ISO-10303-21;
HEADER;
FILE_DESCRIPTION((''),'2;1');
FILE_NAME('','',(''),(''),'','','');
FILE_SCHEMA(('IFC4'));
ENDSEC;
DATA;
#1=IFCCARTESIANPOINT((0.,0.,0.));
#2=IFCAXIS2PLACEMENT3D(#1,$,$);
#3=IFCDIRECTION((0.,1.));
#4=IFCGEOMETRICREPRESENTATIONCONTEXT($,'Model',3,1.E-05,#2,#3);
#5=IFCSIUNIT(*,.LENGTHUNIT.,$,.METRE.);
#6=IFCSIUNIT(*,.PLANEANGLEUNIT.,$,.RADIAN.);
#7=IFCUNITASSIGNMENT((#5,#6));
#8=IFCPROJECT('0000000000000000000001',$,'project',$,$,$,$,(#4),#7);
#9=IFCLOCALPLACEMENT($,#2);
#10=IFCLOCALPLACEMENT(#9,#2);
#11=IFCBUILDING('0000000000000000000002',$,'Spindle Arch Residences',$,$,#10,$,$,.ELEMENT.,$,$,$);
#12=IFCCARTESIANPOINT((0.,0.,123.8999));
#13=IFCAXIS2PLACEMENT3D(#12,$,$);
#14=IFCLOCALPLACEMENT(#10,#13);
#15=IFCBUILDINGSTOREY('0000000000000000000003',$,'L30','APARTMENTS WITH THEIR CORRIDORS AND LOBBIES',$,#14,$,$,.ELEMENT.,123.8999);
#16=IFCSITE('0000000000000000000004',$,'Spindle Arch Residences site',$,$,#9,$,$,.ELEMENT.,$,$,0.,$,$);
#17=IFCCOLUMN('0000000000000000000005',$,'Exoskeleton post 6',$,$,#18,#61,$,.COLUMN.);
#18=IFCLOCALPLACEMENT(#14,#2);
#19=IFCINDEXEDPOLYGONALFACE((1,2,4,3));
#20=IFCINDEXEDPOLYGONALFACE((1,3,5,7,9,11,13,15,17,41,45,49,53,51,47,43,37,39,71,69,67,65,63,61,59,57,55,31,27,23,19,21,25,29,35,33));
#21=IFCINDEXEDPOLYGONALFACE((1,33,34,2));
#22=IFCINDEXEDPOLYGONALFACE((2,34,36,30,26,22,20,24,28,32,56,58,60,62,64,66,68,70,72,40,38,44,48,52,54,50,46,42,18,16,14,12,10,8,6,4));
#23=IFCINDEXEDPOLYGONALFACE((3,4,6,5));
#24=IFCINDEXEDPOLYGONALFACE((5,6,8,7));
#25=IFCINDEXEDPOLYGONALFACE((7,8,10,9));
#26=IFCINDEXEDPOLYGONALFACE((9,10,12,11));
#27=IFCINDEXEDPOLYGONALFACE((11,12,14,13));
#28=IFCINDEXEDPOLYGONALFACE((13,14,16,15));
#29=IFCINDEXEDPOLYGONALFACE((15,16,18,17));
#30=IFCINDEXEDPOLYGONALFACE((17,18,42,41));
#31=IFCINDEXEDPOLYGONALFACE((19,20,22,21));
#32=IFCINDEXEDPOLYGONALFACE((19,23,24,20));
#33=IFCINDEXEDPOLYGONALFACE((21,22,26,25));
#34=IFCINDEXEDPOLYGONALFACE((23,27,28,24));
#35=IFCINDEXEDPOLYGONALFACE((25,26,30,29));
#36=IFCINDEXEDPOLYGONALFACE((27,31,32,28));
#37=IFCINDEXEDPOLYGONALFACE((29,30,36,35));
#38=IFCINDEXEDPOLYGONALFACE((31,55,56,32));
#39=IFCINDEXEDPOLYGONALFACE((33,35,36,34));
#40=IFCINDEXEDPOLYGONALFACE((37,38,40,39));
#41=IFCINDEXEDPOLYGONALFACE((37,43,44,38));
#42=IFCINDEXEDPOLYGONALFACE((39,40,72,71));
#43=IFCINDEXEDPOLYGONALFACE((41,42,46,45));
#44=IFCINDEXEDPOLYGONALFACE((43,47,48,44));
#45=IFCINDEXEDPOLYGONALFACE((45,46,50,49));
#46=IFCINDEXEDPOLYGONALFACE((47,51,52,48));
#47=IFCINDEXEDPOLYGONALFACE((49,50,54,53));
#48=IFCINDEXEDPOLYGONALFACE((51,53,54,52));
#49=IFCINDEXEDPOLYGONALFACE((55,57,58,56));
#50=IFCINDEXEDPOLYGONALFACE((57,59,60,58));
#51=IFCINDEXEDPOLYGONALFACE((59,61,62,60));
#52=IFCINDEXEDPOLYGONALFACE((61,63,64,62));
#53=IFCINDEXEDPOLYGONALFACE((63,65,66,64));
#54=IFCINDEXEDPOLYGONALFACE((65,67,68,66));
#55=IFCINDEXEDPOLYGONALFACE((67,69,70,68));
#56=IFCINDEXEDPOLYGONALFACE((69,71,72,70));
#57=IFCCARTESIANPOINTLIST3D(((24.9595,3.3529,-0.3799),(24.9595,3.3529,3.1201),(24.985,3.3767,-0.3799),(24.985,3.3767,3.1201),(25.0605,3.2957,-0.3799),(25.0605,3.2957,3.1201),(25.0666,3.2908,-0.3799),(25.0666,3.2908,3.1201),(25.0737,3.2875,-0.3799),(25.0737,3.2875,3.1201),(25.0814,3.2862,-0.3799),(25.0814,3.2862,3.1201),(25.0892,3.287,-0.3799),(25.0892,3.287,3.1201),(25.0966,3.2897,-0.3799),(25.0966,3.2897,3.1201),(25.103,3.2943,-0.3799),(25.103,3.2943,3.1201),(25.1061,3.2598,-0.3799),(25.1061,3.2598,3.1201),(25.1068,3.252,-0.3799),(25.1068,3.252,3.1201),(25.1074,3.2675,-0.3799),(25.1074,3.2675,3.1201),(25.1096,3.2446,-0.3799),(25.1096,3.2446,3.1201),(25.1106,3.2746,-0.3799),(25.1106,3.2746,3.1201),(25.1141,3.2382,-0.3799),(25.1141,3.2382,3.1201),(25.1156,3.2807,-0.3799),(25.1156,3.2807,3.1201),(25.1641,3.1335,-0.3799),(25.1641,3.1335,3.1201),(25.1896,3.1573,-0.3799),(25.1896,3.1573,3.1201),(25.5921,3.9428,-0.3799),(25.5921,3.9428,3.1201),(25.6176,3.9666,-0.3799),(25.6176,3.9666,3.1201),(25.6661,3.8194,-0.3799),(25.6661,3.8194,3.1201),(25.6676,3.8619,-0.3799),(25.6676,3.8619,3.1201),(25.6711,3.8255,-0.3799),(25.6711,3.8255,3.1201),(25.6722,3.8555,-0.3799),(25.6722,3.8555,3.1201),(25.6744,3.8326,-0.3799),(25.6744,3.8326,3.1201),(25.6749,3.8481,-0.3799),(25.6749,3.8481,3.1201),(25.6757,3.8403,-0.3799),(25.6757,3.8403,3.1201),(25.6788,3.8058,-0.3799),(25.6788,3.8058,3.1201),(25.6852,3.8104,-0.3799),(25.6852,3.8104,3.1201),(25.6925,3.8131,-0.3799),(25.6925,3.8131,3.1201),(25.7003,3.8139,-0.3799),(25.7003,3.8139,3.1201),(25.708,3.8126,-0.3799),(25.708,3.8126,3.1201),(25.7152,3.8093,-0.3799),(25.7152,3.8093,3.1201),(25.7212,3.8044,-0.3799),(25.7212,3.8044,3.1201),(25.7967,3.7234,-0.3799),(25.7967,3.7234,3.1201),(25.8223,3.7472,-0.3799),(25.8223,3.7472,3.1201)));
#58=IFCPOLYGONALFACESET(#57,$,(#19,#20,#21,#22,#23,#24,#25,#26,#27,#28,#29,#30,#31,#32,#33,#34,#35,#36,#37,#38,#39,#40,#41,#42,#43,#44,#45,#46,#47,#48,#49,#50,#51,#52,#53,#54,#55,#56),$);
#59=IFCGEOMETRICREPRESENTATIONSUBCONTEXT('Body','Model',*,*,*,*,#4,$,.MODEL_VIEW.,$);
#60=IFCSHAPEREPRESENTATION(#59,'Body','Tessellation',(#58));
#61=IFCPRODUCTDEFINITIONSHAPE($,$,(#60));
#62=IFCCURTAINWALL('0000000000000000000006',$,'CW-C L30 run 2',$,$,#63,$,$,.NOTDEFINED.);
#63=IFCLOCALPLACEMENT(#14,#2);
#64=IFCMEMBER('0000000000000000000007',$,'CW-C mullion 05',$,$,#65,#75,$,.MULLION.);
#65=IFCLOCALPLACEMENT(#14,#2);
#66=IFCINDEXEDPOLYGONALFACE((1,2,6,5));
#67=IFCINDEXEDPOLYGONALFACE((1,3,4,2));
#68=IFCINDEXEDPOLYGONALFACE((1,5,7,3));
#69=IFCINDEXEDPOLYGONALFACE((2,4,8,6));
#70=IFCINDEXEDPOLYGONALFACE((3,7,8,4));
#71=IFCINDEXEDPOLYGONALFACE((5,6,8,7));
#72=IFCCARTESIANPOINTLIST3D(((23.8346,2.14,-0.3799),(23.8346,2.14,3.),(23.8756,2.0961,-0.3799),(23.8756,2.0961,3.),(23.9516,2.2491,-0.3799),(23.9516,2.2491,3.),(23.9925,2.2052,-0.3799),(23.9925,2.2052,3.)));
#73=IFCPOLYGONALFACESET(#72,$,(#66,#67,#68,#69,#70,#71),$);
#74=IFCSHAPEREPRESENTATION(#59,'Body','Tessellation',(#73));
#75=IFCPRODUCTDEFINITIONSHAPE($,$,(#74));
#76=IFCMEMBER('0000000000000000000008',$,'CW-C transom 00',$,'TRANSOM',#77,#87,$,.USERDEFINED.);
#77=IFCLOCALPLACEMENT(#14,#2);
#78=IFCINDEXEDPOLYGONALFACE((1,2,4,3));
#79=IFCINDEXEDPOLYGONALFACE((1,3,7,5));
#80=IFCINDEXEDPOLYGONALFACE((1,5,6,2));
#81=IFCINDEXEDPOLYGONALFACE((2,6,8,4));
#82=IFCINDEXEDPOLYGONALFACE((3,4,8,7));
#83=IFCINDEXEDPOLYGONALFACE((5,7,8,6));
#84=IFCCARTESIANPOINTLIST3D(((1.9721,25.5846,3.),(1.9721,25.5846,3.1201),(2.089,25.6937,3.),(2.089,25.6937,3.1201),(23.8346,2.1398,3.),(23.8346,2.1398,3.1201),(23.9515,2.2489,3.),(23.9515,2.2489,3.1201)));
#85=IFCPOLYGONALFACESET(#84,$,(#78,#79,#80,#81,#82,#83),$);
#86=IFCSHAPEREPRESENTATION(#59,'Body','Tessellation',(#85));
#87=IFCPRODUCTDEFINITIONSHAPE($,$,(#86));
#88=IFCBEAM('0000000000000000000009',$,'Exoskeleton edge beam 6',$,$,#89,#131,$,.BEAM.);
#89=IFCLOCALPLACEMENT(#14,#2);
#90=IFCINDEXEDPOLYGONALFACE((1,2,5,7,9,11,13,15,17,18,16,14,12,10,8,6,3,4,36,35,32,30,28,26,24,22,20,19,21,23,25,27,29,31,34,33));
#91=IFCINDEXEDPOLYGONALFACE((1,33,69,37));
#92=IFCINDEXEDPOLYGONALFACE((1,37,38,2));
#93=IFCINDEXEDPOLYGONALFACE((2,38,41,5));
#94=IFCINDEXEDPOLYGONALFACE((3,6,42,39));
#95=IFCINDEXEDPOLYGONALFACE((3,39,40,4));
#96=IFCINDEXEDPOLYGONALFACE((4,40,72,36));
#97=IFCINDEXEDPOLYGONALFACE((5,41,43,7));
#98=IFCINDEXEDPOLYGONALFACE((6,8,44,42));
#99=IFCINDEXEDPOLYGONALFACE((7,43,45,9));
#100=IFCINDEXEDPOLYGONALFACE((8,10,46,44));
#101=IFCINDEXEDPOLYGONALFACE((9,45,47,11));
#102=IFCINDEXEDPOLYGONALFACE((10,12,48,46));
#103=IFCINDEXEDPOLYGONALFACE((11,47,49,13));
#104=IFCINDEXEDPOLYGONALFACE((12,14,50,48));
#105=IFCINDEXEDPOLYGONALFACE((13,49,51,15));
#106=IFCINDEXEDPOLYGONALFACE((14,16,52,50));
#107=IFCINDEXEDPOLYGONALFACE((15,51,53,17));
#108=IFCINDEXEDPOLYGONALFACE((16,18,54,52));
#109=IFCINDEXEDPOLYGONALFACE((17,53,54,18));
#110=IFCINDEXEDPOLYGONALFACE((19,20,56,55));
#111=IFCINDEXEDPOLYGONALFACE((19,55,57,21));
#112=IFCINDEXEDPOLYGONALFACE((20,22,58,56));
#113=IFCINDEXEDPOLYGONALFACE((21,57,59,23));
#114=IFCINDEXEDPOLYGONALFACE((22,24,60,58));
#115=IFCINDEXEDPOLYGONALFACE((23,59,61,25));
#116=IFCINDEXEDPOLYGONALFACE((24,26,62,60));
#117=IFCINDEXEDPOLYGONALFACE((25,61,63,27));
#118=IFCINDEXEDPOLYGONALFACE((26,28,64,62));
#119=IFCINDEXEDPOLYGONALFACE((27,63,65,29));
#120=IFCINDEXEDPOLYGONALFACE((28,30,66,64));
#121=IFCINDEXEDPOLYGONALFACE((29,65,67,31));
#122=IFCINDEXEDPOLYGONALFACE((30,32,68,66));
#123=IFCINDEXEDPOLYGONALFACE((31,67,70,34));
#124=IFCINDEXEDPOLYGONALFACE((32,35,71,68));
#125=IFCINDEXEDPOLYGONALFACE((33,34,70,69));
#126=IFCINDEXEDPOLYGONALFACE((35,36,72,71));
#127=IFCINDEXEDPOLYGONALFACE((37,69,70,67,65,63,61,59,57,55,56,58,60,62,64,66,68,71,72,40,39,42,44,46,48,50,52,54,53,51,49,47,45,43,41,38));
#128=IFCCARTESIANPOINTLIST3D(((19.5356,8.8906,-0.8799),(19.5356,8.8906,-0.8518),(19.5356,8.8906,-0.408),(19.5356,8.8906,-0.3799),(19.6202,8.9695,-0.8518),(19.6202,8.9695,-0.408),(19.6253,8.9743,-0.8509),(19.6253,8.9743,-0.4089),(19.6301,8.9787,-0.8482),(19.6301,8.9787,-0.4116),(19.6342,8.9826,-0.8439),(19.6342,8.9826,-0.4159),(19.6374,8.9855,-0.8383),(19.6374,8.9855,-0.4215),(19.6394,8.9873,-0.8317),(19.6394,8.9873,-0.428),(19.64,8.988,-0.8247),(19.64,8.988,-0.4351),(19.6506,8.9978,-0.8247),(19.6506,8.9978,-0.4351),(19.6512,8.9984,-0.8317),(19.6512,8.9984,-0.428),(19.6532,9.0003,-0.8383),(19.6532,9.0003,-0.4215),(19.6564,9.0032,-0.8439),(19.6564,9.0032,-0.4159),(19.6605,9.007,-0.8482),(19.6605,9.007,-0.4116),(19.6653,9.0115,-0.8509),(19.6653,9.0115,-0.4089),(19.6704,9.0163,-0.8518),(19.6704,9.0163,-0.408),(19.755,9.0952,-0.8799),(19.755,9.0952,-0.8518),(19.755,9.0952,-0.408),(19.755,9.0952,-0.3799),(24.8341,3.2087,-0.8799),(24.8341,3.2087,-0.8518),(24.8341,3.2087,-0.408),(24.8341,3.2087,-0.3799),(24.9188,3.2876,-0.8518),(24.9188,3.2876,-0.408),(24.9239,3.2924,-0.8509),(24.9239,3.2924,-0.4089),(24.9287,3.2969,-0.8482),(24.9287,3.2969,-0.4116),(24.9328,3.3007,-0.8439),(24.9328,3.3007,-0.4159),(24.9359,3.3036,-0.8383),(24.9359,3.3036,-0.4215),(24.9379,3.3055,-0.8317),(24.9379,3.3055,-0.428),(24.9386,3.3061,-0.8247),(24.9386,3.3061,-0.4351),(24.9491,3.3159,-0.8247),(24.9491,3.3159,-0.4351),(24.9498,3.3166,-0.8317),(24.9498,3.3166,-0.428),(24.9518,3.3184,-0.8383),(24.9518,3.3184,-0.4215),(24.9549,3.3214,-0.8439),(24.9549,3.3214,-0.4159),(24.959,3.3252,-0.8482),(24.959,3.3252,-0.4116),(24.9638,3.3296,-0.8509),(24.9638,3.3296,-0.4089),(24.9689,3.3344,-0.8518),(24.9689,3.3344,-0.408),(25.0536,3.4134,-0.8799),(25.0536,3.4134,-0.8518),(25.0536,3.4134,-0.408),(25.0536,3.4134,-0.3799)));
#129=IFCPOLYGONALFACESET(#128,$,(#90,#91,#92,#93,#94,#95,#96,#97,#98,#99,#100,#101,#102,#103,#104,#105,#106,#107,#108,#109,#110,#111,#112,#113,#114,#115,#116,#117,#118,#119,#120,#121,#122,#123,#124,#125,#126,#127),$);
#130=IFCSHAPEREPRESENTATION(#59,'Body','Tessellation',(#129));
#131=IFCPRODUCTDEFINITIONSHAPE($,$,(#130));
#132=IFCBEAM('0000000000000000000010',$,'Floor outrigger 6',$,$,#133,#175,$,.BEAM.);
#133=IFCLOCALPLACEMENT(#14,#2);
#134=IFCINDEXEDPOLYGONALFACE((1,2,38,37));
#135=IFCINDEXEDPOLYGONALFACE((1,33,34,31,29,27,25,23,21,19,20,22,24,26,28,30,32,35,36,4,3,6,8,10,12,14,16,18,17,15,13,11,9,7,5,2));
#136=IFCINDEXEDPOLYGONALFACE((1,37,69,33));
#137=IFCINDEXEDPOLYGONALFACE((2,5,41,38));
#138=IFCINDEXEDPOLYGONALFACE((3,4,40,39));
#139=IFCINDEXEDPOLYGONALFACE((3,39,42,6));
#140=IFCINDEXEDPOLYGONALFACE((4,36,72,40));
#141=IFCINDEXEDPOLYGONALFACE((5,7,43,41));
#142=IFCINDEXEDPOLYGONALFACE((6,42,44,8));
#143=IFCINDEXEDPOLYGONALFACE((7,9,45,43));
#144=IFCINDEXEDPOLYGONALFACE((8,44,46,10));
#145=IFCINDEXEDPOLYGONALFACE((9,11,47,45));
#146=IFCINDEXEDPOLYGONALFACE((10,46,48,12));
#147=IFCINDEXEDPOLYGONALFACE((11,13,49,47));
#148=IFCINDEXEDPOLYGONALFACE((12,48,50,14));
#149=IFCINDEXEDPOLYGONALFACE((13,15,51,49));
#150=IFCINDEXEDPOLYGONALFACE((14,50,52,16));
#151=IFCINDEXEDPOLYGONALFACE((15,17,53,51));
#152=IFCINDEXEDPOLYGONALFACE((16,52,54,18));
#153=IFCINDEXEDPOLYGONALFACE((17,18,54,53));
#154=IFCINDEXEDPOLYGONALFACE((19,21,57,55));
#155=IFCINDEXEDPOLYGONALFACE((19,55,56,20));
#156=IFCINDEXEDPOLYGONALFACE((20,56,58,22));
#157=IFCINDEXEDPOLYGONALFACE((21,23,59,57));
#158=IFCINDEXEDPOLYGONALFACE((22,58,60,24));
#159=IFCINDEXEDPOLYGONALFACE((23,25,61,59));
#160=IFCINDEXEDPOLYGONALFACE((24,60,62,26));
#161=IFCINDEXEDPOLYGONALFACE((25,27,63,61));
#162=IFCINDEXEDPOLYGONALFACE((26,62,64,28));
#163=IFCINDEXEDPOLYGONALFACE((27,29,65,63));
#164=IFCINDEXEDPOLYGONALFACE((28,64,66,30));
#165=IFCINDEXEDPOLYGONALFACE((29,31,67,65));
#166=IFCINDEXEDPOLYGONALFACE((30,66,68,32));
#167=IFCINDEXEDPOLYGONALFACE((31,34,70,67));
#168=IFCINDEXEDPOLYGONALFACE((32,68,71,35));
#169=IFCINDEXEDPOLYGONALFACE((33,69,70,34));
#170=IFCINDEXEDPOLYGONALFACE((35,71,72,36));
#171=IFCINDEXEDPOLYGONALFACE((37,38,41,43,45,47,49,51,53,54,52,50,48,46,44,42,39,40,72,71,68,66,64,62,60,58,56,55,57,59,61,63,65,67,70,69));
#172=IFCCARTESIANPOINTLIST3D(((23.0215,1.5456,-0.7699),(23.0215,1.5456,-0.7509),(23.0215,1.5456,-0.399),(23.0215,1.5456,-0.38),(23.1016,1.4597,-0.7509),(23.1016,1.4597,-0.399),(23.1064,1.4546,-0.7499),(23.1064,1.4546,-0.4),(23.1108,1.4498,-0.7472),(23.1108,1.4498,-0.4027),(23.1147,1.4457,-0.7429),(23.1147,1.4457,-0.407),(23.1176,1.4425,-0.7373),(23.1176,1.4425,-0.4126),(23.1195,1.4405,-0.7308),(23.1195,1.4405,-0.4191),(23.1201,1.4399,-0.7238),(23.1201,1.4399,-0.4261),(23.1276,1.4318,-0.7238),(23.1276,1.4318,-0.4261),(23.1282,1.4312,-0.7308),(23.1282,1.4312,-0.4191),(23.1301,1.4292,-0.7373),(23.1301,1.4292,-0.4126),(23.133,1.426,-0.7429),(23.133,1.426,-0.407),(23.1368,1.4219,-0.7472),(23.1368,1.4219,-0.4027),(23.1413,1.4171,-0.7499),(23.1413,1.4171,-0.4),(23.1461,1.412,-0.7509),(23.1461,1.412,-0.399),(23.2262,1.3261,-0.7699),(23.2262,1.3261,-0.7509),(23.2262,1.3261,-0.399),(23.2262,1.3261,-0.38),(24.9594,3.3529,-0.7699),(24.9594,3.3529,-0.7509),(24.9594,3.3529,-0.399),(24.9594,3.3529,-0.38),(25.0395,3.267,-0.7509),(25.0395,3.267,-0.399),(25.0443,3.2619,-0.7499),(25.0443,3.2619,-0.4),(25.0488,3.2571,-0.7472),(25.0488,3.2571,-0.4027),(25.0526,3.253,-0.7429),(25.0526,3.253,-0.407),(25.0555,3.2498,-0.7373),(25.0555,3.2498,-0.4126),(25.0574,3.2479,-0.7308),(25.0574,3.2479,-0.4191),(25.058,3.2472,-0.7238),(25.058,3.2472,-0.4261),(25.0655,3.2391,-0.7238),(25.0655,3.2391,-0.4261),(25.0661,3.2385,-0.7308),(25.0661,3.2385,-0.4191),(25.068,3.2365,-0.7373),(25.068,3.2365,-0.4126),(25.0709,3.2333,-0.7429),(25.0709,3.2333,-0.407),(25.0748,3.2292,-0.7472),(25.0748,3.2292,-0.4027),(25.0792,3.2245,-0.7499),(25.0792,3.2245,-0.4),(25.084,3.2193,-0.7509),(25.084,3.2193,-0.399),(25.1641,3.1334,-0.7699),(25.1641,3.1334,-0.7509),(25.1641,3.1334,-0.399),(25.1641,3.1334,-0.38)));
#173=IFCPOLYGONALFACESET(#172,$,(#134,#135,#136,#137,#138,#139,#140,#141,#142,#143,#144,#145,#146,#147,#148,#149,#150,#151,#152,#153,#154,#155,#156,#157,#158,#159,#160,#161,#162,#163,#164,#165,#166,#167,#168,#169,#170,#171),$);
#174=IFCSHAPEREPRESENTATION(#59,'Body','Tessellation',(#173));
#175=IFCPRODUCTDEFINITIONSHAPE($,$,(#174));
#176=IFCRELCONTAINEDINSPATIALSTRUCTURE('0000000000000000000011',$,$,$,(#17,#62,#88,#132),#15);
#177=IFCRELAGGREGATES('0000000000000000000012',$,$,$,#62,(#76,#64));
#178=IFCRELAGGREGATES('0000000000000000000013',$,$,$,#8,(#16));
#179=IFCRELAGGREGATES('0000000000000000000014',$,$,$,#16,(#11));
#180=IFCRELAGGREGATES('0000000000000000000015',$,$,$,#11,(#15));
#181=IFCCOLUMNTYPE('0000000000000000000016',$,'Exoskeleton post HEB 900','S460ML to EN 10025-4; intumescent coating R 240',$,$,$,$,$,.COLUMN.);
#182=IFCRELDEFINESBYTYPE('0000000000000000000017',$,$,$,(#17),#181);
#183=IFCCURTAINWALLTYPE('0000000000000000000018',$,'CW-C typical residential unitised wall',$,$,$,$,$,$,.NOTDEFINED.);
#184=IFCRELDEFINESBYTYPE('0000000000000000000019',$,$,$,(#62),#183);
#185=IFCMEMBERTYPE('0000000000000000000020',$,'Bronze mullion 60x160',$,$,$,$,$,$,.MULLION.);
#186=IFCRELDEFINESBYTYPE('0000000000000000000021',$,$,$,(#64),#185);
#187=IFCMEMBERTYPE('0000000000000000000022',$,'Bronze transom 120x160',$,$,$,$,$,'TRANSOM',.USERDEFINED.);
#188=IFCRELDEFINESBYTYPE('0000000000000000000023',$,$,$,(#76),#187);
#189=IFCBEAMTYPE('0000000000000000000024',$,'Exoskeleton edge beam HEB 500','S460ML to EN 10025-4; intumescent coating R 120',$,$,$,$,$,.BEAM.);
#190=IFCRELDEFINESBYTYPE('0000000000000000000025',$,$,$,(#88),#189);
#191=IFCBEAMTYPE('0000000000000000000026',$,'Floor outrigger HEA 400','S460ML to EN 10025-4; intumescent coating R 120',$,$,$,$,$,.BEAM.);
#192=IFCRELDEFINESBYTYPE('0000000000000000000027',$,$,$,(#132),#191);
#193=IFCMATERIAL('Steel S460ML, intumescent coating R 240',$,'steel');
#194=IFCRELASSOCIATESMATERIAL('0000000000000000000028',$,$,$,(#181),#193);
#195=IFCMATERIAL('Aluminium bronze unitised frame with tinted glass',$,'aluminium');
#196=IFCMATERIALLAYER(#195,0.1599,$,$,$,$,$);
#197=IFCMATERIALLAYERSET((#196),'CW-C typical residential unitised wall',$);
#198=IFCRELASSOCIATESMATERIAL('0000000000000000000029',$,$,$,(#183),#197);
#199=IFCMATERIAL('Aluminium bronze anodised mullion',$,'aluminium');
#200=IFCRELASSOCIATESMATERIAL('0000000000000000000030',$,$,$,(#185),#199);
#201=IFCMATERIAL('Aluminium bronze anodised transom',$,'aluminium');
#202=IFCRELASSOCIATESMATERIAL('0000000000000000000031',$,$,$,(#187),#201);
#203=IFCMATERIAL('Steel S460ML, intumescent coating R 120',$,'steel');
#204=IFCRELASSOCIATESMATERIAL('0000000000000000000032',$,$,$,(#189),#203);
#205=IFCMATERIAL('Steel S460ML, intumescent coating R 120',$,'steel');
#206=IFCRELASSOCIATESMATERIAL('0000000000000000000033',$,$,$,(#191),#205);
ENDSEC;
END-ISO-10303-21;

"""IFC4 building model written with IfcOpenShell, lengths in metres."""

from ifc_helpers import new_model, si_unit, direction, frame, origin, origin_2d, place, context, subcontext, project, spatial, rectangle, i_section, extrude, material, layer, layer_set, material_profile, profile_set, type_object, element, aggregate, save


model = new_model("IFC4")

# Units and contexts
model_context = context("Model", 3, precision=1e-05, world=origin(), true_north=direction((0.0, 1.0)))
body_context = subcontext(model_context, "Body", "Model", "MODEL_VIEW")
ifc_project = project(units=[si_unit("LENGTHUNIT", "METRE"), si_unit("PLANEANGLEUNIT", "RADIAN")], contexts=[model_context])

# Site, building, storey
site_placement = place(None, origin())
site = spatial("IfcSite", under=ifc_project, at=site_placement, Name="Spindle Arch Residences site", CompositionType="ELEMENT", RefElevation=0.0)
building_placement = place(site_placement, origin())
building = spatial("IfcBuilding", under=site, at=building_placement, Name="Spindle Arch Residences", CompositionType="ELEMENT")
storey_placement = place(building_placement, frame((0.0, 0.0, 123.8999)))
storey = spatial("IfcBuildingStorey", under=building, at=storey_placement, Name="L30", Description="APARTMENTS WITH THEIR CORRIDORS AND LOBBIES", CompositionType="ELEMENT", Elevation=123.8999)

# Column
ifc_material_1 = material(Name="Steel S460ML, intumescent coating R 240", Category="steel")
ifc_material_profile_1 = material_profile(ifc_material_1, i_section(OverallWidth=0.3, OverallDepth=0.8999, WebThickness=0.0186, FlangeThickness=0.0349, FilletRadius=0.03, at=origin_2d()), Name="HEB 900")
ifc_profile_set_1 = profile_set([ifc_material_profile_1], Name="Steel S460ML, intumescent coating R 240")
column_type = type_object("IfcColumnType", Name="Exoskeleton post HEB 900", Description="S460ML to EN 10025-4; intumescent coating R 240", PredefinedType="COLUMN", material=ifc_profile_set_1)
column_placement = place(storey_placement, frame((25.3909, 3.55, -0.3799), z_axis=(0.0, 0.0, 1.0), x_axis=(0.681998, -0.731354, 0.0)))
element("IfcColumn", 1, at=column_placement, inside=storey, type_object=column_type, Name="Exoskeleton post 6", PredefinedType="COLUMN", context=body_context, shape_type="SweptSolid", body=[
    extrude(i_section(OverallWidth=0.3, OverallDepth=0.8999, WebThickness=0.0186, FlangeThickness=0.0349, FilletRadius=0.03, at=origin_2d()), origin(), (0.0, 0.0, 1.0), 3.5),
])

# Curtain wall, members
ifc_material_2 = material(Name="Aluminium bronze unitised frame with tinted glass", Category="aluminium")
ifc_layer_1 = layer(ifc_material_2, 0.1599)
ifc_layer_set_1 = layer_set([ifc_layer_1], Name="CW-C typical residential unitised wall")
curtain_wall_type_1 = type_object("IfcCurtainWallType", Name="CW-C typical residential unitised wall", PredefinedType="NOTDEFINED", material=ifc_layer_set_1)
curtain_wall_1_placement = place(storey_placement, origin())
curtain_wall_1 = element("IfcCurtainWall", 2, at=curtain_wall_1_placement, inside=storey, type_object=curtain_wall_type_1, Name="CW-C L30 run 2", PredefinedType="NOTDEFINED")
ifc_material_3 = material(Name="Aluminium bronze anodised mullion", Category="aluminium")
ifc_material_profile_2 = material_profile(ifc_material_3, rectangle(XDim=0.1599, YDim=0.0601, at=origin_2d()), Name="MU 60x160")
ifc_profile_set_2 = profile_set([ifc_material_profile_2], Name="Aluminium bronze anodised mullion")
member_type_1 = type_object("IfcMemberType", Name="Bronze mullion 60x160", PredefinedType="MULLION", material=ifc_profile_set_2)
member_1_placement = place(storey_placement, frame((23.9136, 2.1726, -0.3799), z_axis=(0.0, 0.0, 1.0), x_axis=(-0.731354, -0.681998, 0.0)))
member_1 = element("IfcMember", 3, at=member_1_placement, type_object=member_type_1, Name="CW-C mullion 05", PredefinedType="MULLION", context=body_context, shape_type="SweptSolid", body=[
    extrude(rectangle(XDim=0.1599, YDim=0.0601, at=origin_2d()), origin(), (0.0, 0.0, 1.0), 3.3799),
])
ifc_material_4 = material(Name="Aluminium bronze anodised transom", Category="aluminium")
ifc_material_profile_3 = material_profile(ifc_material_4, rectangle(XDim=0.1599, YDim=0.1201, at=origin_2d()), Name="TR 120x160")
ifc_profile_set_3 = profile_set([ifc_material_profile_3], Name="Aluminium bronze anodised transom")
member_type_2 = type_object("IfcMemberType", Name="Bronze transom 120x160", ElementType="TRANSOM", PredefinedType="USERDEFINED", material=ifc_profile_set_3)
member_2_placement = place(storey_placement, frame((23.8931, 2.1943, 3.0601), z_axis=(-0.681997, 0.731355, 0.0), x_axis=(-0.731355, -0.681997, 0.0)))
member_2 = element("IfcMember", 4, at=member_2_placement, type_object=member_type_2, Name="CW-C transom 00", ObjectType="TRANSOM", PredefinedType="USERDEFINED", context=body_context, shape_type="SweptSolid", body=[
    extrude(rectangle(XDim=0.1599, YDim=0.1201, at=origin_2d()), origin(), (0.0, 0.0, 1.0), 32.0566),
])

# Beams
ifc_material_5 = material(Name="Steel S460ML, intumescent coating R 120", Category="steel")
ifc_material_profile_4 = material_profile(ifc_material_5, i_section(OverallWidth=0.3, OverallDepth=0.5, WebThickness=0.0144, FlangeThickness=0.0281, FilletRadius=0.0271, at=origin_2d()), Name="HEB 500")
ifc_profile_set_4 = profile_set([ifc_material_profile_4], Name="Steel S460ML, intumescent coating R 120")
beam_type_1 = type_object("IfcBeamType", Name="Exoskeleton edge beam HEB 500", Description="S460ML to EN 10025-4; intumescent coating R 120", PredefinedType="BEAM", material=ifc_profile_set_4)
beam_1_placement = place(storey_placement, frame((24.9438, 3.311, -0.6299), z_axis=(-0.682008, 0.731345, 0.0), x_axis=(-0.731345, -0.682008, 0.0)))
element("IfcBeam", 5, at=beam_1_placement, inside=storey, type_object=beam_type_1, Name="Exoskeleton edge beam 6", PredefinedType="BEAM", context=body_context, shape_type="SweptSolid", body=[
    extrude(i_section(OverallWidth=0.3, OverallDepth=0.5, WebThickness=0.0144, FlangeThickness=0.0281, FilletRadius=0.0271, at=origin_2d()), origin(), (0.0, 0.0, 1.0), 7.769),
])
ifc_material_6 = material(Name="Steel S460ML, intumescent coating R 120", Category="steel")
ifc_material_profile_5 = material_profile(ifc_material_6, i_section(OverallWidth=0.3, OverallDepth=0.3899, WebThickness=0.011, FlangeThickness=0.019, FilletRadius=0.0271, at=origin_2d()), Name="HEA 400")
ifc_profile_set_5 = profile_set([ifc_material_profile_5], Name="Steel S460ML, intumescent coating R 120")
beam_type_2 = type_object("IfcBeamType", Name="Floor outrigger HEA 400", Description="S460ML to EN 10025-4; intumescent coating R 120", PredefinedType="BEAM", material=ifc_profile_set_5)
beam_2_placement = place(storey_placement, frame((25.0618, 3.2432, -0.575), z_axis=(-0.731322, -0.682033, 0.0), x_axis=(0.682033, -0.731322, 0.0)))
element("IfcBeam", 6, at=beam_2_placement, inside=storey, type_object=beam_type_2, Name="Floor outrigger 6", PredefinedType="BEAM", context=body_context, shape_type="SweptSolid", body=[
    extrude(i_section(OverallWidth=0.3, OverallDepth=0.3899, WebThickness=0.011, FlangeThickness=0.019, FilletRadius=0.0271, at=origin_2d()), origin(), (0.0, 0.0, 1.0), 2.6499),
])

aggregate(curtain_wall_1, [member_2, member_1])

save(model, "model.ifc")
